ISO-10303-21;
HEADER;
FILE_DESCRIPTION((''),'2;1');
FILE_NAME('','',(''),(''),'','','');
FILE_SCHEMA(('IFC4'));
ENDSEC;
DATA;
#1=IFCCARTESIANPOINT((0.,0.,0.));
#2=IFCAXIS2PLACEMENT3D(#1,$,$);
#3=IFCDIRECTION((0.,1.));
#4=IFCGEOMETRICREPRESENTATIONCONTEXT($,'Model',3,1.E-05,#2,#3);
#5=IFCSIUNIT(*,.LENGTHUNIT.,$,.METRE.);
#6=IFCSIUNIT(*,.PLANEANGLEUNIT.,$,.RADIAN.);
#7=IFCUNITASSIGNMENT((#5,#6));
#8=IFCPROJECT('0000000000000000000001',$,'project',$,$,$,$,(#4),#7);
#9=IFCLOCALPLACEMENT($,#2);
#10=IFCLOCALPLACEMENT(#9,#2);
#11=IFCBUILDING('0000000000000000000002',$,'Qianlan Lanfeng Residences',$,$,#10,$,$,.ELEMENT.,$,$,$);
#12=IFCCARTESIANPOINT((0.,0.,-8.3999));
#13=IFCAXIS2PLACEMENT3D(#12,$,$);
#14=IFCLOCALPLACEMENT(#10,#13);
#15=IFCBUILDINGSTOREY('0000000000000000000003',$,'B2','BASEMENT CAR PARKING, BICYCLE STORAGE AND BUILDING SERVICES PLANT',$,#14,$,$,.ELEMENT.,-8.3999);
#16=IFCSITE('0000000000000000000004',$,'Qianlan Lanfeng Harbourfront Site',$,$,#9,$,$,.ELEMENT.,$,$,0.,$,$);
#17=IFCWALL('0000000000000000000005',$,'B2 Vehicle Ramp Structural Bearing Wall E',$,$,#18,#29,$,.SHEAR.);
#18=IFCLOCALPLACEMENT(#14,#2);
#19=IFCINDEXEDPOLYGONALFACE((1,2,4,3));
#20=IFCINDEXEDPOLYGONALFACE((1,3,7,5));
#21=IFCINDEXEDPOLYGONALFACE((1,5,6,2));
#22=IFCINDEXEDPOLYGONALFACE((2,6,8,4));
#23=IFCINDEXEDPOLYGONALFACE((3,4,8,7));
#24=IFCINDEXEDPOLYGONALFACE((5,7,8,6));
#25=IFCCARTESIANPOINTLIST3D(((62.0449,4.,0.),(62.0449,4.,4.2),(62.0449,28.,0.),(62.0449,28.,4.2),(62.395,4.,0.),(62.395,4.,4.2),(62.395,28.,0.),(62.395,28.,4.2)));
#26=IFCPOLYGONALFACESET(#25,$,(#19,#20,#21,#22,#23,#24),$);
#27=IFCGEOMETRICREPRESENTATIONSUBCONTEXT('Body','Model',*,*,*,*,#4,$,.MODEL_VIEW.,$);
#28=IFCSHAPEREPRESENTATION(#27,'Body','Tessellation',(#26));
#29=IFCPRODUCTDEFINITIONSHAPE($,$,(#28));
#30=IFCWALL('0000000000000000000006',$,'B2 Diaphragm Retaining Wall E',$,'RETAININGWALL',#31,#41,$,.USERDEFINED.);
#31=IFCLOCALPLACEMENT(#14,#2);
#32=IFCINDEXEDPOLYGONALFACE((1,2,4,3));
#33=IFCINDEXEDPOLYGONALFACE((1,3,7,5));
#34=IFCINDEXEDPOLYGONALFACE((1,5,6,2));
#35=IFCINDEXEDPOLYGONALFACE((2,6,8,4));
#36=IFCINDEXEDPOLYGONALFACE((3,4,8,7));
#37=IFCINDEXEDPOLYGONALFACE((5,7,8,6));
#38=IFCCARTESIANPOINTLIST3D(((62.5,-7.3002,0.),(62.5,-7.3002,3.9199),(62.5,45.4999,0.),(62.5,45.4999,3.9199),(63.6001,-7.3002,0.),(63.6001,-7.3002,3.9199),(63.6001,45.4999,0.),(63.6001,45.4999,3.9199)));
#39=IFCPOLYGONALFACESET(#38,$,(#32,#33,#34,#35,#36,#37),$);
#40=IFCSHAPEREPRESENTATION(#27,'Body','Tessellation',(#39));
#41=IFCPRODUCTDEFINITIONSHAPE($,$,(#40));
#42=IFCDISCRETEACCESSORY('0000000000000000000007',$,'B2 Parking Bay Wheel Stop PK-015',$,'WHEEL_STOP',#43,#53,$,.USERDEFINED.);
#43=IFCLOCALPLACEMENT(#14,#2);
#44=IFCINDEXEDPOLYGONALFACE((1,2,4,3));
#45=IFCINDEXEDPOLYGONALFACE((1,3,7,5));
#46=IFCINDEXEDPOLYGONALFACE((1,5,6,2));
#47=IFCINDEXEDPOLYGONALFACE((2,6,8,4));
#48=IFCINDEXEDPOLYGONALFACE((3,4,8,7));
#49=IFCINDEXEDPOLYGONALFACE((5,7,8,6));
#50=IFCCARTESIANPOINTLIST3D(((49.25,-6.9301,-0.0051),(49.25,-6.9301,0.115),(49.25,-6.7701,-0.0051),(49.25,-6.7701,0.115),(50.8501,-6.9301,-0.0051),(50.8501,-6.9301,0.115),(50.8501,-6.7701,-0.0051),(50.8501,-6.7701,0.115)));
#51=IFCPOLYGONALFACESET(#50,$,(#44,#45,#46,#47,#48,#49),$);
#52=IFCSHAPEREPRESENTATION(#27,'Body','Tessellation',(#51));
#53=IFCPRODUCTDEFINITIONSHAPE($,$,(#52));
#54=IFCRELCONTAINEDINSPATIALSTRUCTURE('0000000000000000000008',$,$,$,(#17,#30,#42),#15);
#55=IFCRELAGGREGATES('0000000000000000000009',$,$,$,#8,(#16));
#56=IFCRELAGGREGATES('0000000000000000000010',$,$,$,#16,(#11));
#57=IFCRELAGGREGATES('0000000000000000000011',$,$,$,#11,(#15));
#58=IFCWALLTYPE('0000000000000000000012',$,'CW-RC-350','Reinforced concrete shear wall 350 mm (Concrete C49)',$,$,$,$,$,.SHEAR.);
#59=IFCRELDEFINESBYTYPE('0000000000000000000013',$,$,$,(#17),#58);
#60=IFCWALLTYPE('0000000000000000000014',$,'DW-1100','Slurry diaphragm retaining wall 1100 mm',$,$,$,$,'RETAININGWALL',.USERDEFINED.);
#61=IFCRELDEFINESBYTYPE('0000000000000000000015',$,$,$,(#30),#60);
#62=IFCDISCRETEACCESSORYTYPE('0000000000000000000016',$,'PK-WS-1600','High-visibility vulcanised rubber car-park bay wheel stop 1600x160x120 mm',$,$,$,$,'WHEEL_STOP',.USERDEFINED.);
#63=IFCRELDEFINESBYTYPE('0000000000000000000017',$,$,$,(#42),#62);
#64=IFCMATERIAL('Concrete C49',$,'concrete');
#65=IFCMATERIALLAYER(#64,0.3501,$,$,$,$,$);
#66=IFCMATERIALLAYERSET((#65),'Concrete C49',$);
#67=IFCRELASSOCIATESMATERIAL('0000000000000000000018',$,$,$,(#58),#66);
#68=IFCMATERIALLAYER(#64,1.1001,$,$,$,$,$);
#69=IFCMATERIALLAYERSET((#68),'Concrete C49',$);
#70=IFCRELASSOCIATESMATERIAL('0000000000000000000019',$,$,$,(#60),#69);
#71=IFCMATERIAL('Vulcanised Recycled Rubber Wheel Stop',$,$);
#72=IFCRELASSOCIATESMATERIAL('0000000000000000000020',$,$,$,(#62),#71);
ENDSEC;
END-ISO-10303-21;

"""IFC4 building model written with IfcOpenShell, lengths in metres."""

from ifc_helpers import new_model, si_unit, direction, frame, frame_2d, origin, origin_2d, place, context, subcontext, project, spatial, rectangle, extrude, source, transform, mapped, material, layer, layer_set, type_object, element, save


model = new_model("IFC4")

# Units and contexts
model_context = context("Model", 3, precision=1e-05, world=origin(), true_north=direction((0.0, 1.0)))
body_context = subcontext(model_context, "Body", "Model", "MODEL_VIEW")
ifc_project = project(units=[si_unit("LENGTHUNIT", "METRE"), si_unit("PLANEANGLEUNIT", "RADIAN")], contexts=[model_context])

# Site, building, storey
site_placement = place(None, origin())
site = spatial("IfcSite", under=ifc_project, at=site_placement, Name="Qianlan Lanfeng Harbourfront Site", CompositionType="ELEMENT", RefElevation=0.0)
building_placement = place(site_placement, origin())
building = spatial("IfcBuilding", under=site, at=building_placement, Name="Qianlan Lanfeng Residences", CompositionType="ELEMENT")
storey_placement = place(building_placement, frame((0.0, 0.0, -8.3999)))
storey = spatial("IfcBuildingStorey", under=building, at=storey_placement, Name="B2", Description="BASEMENT CAR PARKING, BICYCLE STORAGE AND BUILDING SERVICES PLANT", CompositionType="ELEMENT", Elevation=-8.3999)

# Shared definitions
ifc_material_1 = material(Name="Concrete C49", Category="concrete")

# Walls
ifc_layer_1 = layer(ifc_material_1, 0.3501)
ifc_layer_set_1 = layer_set([ifc_layer_1], Name="Concrete C49")
wall_type_1 = type_object("IfcWallType", Name="CW-RC-350", Description="Reinforced concrete shear wall 350 mm (Concrete C49)", PredefinedType="SHEAR", material=ifc_layer_set_1)
for number, where, z_axis, x_axis, name in (
    (1, (62.22, 4.0, 0.0), (0.0, 0.0, 1.0), (0.0, 1.0, 0.0), "B2 Vehicle Ramp Structural Bearing Wall E"),
):
    element("IfcWall", number, at=place(storey_placement, frame(where, z_axis=z_axis, x_axis=x_axis)), inside=storey, type_object=wall_type_1, Name=name, PredefinedType="SHEAR", context=body_context, shape_type="SweptSolid", body=[
        extrude(rectangle(XDim=24.0, YDim=0.3501, at=frame_2d((12.0, 0.0))), origin(), (0.0, 0.0, 1.0), 4.2),
    ])
ifc_layer_2 = layer(ifc_material_1, 1.1001)
ifc_layer_set_2 = layer_set([ifc_layer_2], Name="Concrete C49")
wall_type_2 = type_object("IfcWallType", Name="DW-1100", Description="Slurry diaphragm retaining wall 1100 mm", ElementType="RETAININGWALL", PredefinedType="USERDEFINED", material=ifc_layer_set_2)
wall_placement = place(storey_placement, frame((63.05, -7.3, 0.0), z_axis=(0.0, 0.0, 1.0), x_axis=(0.0, 1.0, 0.0)))
element("IfcWall", 2, at=wall_placement, inside=storey, type_object=wall_type_2, Name="B2 Diaphragm Retaining Wall E", ObjectType="RETAININGWALL", PredefinedType="USERDEFINED", context=body_context, shape_type="SweptSolid", body=[
    extrude(rectangle(XDim=52.8, YDim=1.1001, at=frame_2d((26.3999, 0.0))), origin(), (0.0, 0.0, 1.0), 3.9199),
])

# Discrete accessory
ifc_material_2 = material(Name="Vulcanised Recycled Rubber Wheel Stop")
discrete_accessory_type = type_object("IfcDiscreteAccessoryType", Name="PK-WS-1600", Description="High-visibility vulcanised rubber car-park bay wheel stop 1600x160x120 mm", ElementType="WHEEL_STOP", PredefinedType="USERDEFINED", material=ifc_material_2)
shared_shape = source(origin(), body_context, "Body", "SweptSolid", [
    extrude(rectangle(XDim=1.6001, YDim=0.1599, at=origin_2d()), origin(), (0.0, 0.0, 1.0), 0.1201),
])
discrete_accessory_placement = place(storey_placement, frame((50.05, -6.8501, -0.0051), z_axis=(0.0, 0.0, 1.0), x_axis=(1.0, 0.0, 0.0)))
element("IfcDiscreteAccessory", 3, at=discrete_accessory_placement, inside=storey, type_object=discrete_accessory_type, Name="B2 Parking Bay Wheel Stop PK-015", ObjectType="WHEEL_STOP", PredefinedType="USERDEFINED", context=body_context, shape_type="MappedRepresentation", body=[
    mapped(shared_shape, transform((0.0, 0.0, 0.0), scale=1.0)),
])

save(model, "model.ifc")
